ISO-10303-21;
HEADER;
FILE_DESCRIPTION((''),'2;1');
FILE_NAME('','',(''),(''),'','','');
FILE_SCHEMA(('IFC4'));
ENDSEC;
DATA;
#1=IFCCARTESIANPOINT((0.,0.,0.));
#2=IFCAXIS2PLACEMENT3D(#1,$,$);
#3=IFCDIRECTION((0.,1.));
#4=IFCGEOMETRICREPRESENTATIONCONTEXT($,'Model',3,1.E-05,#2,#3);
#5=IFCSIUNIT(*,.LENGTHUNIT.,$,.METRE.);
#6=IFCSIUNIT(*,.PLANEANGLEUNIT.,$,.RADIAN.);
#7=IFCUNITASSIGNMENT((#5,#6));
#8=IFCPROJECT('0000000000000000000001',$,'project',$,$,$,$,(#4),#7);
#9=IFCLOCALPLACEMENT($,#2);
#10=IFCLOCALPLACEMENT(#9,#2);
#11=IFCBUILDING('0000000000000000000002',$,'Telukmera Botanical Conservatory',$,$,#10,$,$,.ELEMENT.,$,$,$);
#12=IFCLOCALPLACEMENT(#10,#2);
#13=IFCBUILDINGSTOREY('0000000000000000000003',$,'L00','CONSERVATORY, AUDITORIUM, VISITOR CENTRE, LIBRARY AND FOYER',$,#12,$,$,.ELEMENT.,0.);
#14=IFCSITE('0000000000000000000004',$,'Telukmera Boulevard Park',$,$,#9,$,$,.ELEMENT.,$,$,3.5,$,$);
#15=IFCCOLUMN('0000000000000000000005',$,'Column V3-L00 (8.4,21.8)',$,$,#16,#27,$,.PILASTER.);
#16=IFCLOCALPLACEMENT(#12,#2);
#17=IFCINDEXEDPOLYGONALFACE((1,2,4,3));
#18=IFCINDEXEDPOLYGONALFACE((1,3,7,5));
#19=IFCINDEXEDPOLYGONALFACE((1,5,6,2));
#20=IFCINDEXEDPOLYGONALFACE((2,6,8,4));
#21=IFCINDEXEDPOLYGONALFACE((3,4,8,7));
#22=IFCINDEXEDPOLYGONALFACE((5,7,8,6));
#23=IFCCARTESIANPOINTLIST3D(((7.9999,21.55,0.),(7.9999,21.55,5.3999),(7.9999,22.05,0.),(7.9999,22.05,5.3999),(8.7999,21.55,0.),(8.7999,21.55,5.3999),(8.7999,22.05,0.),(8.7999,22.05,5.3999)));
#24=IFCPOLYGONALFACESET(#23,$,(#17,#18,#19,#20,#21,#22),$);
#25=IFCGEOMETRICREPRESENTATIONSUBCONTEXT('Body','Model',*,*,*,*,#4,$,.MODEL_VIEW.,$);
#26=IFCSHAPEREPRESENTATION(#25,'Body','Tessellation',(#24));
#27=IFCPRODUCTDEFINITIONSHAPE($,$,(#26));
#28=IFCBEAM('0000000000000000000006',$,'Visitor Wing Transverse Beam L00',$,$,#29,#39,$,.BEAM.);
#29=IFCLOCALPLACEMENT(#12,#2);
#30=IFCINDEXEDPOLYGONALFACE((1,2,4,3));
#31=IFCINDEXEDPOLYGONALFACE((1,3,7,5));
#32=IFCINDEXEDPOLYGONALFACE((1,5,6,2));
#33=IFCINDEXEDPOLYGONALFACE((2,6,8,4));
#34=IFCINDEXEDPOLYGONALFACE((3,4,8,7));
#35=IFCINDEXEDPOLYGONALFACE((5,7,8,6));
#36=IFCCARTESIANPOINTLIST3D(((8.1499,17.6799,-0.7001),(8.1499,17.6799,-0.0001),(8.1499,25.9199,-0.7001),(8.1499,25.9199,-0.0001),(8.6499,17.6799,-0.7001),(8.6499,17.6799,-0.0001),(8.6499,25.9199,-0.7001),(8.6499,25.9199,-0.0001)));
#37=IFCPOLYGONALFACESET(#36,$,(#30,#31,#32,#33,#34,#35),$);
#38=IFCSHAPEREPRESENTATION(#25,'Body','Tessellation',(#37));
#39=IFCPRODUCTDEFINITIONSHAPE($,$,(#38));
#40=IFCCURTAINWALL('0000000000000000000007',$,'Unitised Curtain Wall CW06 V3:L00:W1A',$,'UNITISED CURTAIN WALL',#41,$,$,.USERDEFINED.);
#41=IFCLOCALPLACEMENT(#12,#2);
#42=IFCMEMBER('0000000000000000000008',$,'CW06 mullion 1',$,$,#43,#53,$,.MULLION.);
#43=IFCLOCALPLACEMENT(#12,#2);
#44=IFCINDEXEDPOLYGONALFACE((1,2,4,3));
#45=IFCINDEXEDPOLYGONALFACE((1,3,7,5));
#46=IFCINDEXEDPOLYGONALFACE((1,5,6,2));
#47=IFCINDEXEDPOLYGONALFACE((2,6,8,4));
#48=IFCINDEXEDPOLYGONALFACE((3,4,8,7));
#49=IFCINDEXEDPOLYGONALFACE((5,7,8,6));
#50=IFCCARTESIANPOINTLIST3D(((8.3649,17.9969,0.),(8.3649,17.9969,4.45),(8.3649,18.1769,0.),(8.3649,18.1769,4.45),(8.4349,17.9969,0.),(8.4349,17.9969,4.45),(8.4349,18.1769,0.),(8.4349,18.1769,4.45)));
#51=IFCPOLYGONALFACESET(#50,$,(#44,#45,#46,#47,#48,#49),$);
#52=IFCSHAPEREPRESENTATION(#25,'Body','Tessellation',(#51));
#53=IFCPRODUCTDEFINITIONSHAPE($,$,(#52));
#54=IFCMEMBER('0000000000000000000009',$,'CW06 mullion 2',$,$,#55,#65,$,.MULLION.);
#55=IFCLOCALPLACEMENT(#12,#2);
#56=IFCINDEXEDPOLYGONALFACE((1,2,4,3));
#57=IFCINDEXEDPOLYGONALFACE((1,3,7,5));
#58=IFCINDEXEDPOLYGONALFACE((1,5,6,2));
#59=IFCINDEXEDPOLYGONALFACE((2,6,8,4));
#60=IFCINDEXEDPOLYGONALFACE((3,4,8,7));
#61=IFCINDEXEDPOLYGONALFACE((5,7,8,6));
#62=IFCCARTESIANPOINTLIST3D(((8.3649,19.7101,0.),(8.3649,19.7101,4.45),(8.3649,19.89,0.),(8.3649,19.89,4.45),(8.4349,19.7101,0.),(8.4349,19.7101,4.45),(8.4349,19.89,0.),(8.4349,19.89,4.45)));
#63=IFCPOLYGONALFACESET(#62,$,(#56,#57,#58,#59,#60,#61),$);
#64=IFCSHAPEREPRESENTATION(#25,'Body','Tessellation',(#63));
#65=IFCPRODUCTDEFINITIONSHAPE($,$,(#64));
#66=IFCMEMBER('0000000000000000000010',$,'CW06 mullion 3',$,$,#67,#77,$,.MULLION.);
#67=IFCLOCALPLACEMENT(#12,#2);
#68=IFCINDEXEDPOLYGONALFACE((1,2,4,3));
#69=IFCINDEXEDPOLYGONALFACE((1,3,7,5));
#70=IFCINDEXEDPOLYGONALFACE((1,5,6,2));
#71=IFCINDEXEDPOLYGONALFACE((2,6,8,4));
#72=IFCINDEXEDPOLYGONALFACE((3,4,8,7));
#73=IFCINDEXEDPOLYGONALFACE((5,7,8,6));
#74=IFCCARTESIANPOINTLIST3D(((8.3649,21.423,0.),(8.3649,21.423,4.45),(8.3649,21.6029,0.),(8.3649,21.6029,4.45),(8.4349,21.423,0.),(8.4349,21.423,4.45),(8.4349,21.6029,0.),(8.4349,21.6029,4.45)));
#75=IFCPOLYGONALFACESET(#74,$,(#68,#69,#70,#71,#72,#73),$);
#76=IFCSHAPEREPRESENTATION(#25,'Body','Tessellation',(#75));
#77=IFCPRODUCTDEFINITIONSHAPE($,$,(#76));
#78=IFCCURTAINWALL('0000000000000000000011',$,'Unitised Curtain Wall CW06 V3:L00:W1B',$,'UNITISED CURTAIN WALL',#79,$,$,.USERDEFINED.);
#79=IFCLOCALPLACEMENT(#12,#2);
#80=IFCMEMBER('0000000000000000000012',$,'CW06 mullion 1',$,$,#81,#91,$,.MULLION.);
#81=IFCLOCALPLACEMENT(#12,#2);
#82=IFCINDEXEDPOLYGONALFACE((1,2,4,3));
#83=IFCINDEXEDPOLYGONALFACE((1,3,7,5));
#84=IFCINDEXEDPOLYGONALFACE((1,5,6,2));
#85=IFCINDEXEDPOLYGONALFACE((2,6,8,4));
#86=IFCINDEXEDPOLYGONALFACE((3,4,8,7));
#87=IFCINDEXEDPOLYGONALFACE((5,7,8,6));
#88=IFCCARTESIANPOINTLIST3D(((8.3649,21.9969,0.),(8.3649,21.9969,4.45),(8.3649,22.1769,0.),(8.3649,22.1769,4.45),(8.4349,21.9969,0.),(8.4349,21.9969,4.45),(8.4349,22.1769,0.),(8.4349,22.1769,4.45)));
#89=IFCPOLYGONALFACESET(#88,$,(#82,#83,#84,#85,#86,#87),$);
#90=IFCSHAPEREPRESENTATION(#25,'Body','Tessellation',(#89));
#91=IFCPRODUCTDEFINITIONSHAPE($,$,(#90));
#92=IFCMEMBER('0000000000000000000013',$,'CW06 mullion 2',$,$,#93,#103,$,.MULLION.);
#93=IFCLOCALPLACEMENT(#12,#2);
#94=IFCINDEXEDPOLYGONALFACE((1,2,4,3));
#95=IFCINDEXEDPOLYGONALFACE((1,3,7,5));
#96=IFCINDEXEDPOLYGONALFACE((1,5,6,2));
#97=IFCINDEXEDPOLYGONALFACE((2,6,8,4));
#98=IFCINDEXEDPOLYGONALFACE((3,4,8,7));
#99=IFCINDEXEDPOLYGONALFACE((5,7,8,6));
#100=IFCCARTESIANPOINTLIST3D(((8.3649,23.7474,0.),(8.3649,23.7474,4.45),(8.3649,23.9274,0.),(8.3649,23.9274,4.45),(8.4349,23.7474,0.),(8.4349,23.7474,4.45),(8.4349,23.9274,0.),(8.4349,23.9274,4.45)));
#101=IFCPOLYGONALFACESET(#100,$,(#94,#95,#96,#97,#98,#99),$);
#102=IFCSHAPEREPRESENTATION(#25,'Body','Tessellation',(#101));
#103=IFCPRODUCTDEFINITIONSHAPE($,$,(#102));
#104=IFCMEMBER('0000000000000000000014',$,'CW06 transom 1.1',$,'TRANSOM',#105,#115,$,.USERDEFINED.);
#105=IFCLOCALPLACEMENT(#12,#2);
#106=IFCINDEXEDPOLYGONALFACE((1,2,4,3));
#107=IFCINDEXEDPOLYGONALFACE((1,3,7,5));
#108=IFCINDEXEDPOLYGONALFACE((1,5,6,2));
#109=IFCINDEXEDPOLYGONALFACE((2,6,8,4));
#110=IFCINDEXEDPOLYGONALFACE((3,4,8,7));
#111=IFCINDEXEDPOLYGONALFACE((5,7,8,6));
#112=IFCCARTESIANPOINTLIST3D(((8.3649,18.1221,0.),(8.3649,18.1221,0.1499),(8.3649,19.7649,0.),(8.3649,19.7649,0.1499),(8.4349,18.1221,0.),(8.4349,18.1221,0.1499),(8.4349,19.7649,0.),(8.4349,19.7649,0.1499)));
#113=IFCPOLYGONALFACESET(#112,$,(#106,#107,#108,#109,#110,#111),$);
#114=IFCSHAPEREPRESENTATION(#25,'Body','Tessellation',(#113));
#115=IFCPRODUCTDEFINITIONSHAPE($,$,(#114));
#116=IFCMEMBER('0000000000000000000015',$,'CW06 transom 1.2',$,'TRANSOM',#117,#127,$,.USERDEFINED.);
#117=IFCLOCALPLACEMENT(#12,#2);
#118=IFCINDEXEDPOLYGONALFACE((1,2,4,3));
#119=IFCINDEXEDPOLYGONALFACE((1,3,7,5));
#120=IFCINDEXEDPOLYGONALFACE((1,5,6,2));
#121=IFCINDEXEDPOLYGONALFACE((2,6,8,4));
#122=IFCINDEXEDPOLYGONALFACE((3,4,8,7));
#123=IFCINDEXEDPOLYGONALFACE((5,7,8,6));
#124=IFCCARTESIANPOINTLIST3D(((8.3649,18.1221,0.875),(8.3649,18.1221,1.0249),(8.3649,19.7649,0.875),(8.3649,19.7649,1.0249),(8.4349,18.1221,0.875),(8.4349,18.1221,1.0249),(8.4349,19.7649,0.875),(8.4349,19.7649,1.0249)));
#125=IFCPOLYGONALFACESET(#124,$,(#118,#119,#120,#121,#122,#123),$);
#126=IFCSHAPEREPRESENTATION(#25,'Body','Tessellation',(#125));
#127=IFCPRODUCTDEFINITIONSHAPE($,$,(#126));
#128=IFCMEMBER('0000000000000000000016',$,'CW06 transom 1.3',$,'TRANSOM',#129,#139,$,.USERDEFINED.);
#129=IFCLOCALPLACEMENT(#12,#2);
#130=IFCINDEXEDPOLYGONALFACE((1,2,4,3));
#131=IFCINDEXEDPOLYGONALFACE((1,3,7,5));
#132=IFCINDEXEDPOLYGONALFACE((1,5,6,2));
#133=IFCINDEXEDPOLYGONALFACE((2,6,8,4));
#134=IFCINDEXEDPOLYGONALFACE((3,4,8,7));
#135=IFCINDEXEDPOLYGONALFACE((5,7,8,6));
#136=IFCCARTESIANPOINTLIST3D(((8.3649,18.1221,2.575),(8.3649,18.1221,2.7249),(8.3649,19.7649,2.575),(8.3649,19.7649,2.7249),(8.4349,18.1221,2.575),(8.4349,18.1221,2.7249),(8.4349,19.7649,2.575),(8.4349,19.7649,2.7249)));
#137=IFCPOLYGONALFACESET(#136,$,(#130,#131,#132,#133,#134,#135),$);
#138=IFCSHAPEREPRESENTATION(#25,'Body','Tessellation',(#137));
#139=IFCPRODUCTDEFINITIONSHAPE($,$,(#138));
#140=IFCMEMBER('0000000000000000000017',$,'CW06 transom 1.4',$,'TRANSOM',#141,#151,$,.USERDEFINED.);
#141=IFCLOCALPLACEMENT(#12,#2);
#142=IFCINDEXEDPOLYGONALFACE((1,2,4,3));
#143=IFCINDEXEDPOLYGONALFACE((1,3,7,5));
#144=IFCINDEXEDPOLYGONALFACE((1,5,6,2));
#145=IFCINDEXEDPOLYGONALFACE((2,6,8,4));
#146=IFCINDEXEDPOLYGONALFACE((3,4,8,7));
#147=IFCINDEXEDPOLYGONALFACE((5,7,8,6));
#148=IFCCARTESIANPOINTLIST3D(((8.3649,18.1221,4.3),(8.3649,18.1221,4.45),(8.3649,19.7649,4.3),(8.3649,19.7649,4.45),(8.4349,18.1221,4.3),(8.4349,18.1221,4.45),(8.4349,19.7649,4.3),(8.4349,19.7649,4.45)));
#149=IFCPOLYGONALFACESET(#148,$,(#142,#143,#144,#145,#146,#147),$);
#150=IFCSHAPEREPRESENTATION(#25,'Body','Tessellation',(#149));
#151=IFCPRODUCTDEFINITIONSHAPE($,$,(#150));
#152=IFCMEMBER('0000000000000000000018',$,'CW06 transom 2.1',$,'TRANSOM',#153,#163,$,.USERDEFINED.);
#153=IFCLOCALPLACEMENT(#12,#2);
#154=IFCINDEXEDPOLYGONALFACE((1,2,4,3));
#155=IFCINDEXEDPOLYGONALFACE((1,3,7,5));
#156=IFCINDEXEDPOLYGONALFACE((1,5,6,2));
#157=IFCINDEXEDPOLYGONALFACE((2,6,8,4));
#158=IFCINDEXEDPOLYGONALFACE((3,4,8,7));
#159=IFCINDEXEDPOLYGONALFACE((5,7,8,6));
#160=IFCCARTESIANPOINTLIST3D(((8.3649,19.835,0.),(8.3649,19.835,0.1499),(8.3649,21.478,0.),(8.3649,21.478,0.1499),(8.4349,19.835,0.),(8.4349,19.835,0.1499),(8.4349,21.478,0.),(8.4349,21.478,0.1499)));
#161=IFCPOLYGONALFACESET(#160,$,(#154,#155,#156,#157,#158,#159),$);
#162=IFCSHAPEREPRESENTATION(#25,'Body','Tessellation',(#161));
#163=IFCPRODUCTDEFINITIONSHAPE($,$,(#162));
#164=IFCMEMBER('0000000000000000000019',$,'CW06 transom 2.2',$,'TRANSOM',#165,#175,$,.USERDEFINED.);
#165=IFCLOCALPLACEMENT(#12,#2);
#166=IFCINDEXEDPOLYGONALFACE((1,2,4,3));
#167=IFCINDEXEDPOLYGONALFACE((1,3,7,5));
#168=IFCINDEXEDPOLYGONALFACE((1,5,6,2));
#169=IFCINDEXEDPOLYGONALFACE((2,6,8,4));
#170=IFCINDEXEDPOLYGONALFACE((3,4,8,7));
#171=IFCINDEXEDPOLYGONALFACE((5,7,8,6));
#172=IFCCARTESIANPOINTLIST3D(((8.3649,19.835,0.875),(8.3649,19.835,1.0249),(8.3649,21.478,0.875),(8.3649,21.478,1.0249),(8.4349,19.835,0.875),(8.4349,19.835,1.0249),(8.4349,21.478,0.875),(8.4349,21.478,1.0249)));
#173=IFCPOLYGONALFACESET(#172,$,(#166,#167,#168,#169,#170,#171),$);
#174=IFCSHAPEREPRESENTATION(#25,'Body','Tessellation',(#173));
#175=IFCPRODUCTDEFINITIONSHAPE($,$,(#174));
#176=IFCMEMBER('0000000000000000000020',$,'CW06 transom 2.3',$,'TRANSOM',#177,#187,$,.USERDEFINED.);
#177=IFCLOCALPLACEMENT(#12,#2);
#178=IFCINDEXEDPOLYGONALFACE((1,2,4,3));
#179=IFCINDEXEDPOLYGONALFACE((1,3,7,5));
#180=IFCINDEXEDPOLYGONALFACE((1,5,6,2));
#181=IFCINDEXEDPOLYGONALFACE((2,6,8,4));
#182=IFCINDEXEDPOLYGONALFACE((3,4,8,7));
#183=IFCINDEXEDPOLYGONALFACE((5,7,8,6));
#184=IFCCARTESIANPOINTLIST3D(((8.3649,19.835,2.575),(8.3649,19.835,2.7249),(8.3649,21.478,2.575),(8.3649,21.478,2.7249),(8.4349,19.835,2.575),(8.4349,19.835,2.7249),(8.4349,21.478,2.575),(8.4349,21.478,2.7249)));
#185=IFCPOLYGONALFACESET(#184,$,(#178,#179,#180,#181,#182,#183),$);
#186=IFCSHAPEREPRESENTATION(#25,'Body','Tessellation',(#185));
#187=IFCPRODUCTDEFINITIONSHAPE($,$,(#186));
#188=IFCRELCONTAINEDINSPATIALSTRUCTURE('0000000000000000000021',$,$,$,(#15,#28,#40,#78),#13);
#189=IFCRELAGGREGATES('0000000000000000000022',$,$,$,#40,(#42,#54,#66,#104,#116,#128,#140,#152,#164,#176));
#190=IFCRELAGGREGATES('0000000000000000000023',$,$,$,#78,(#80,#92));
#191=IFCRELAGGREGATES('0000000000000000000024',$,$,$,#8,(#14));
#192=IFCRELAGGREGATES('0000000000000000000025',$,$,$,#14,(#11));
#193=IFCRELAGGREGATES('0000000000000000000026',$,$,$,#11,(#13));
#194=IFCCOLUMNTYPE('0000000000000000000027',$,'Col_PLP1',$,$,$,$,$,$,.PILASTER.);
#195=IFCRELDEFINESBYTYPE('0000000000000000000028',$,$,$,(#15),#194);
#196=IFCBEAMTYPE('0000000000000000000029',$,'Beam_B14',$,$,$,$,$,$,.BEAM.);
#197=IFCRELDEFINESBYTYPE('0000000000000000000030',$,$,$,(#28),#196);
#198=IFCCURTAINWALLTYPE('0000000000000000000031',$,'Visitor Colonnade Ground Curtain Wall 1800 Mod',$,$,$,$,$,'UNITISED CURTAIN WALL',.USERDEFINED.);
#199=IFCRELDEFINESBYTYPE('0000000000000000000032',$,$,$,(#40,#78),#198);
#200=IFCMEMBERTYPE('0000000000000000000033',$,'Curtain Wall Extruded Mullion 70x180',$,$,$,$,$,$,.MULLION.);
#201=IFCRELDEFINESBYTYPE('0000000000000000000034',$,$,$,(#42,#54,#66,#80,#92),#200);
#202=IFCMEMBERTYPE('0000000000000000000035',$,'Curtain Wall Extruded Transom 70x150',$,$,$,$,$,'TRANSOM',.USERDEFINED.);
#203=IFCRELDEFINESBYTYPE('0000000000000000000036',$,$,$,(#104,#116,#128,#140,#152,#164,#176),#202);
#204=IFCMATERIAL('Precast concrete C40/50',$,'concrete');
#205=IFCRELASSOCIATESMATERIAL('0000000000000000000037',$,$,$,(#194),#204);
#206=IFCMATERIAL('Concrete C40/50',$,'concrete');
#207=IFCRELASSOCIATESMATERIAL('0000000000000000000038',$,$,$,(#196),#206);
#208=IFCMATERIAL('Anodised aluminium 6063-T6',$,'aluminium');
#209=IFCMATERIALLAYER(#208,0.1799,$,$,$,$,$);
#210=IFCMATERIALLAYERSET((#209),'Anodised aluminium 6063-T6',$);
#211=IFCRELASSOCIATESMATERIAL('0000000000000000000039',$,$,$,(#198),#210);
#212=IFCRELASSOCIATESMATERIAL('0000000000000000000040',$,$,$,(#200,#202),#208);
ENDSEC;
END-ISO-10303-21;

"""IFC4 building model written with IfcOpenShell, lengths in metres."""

from ifc_helpers import new_model, si_unit, direction, frame, origin, origin_2d, place, context, subcontext, project, spatial, rectangle, extrude, material, layer, layer_set, material_profile, profile_set, type_object, element, aggregate, save


model = new_model("IFC4")

# Units and contexts
model_context = context("Model", 3, precision=1e-05, world=origin(), true_north=direction((0.0, 1.0)))
body_context = subcontext(model_context, "Body", "Model", "MODEL_VIEW")
ifc_project = project(units=[si_unit("LENGTHUNIT", "METRE"), si_unit("PLANEANGLEUNIT", "RADIAN")], contexts=[model_context])

# Site, building, storey
site_placement = place(None, origin())
site = spatial("IfcSite", under=ifc_project, at=site_placement, Name="Telukmera Boulevard Park", CompositionType="ELEMENT", RefElevation=3.5)
building_placement = place(site_placement, origin())
building = spatial("IfcBuilding", under=site, at=building_placement, Name="Telukmera Botanical Conservatory", CompositionType="ELEMENT")
storey_placement = place(building_placement, origin())
storey = spatial("IfcBuildingStorey", under=building, at=storey_placement, Name="L00", Description="CONSERVATORY, AUDITORIUM, VISITOR CENTRE, LIBRARY AND FOYER", CompositionType="ELEMENT", Elevation=0.0)

# Column
ifc_material_1 = material(Name="Precast concrete C40/50", Category="concrete")
ifc_material_profile_1 = material_profile(ifc_material_1, rectangle(XDim=0.8, YDim=0.5, at=origin_2d()), Name="PC 800x500")
ifc_profile_set_1 = profile_set([ifc_material_profile_1], Name="Precast concrete C40/50")
column_type = type_object("IfcColumnType", Name="Col_PLP1", PredefinedType="PILASTER", material=ifc_profile_set_1)
column_placement = place(storey_placement, frame((8.3999, 21.8, 0.0), z_axis=(0.0, 0.0, 1.0), x_axis=(1.0, 0.0, 0.0)))
element("IfcColumn", 1, at=column_placement, inside=storey, type_object=column_type, Name="Column V3-L00 (8.4,21.8)", PredefinedType="PILASTER", context=body_context, shape_type="SweptSolid", body=[
    extrude(rectangle(XDim=0.8, YDim=0.5, at=origin_2d()), origin(), (0.0, 0.0, 1.0), 5.3999),
])

# Beam
ifc_material_2 = material(Name="Concrete C40/50", Category="concrete")
ifc_material_profile_2 = material_profile(ifc_material_2, rectangle(XDim=0.5, YDim=0.7, at=origin_2d()), Name="RC 500x700")
ifc_profile_set_2 = profile_set([ifc_material_profile_2], Name="Concrete C40/50")
beam_type = type_object("IfcBeamType", Name="Beam_B14", PredefinedType="BEAM", material=ifc_profile_set_2)
beam_placement = place(storey_placement, frame((8.3999, 17.6799, -0.3501), z_axis=(0.0, 1.0, 0.0), x_axis=(-1.0, 0.0, 0.0)))
element("IfcBeam", 2, at=beam_placement, inside=storey, type_object=beam_type, Name="Visitor Wing Transverse Beam L00", PredefinedType="BEAM", context=body_context, shape_type="SweptSolid", body=[
    extrude(rectangle(XDim=0.5, YDim=0.7, at=origin_2d()), origin(), (0.0, 0.0, 1.0), 8.24),
])

# Curtain walls, members
ifc_material_3 = material(Name="Anodised aluminium 6063-T6", Category="aluminium")
ifc_layer_1 = layer(ifc_material_3, 0.1799)
ifc_layer_set_1 = layer_set([ifc_layer_1], Name="Anodised aluminium 6063-T6")
curtain_wall_type = type_object("IfcCurtainWallType", Name="Visitor Colonnade Ground Curtain Wall 1800 Mod", ElementType="UNITISED CURTAIN WALL", PredefinedType="USERDEFINED", material=ifc_layer_set_1)
curtain_wall_1_placement = place(storey_placement, origin())
curtain_wall_1 = element("IfcCurtainWall", 3, at=curtain_wall_1_placement, inside=storey, type_object=curtain_wall_type, Name="Unitised Curtain Wall CW06 V3:L00:W1A", ObjectType="UNITISED CURTAIN WALL", PredefinedType="USERDEFINED")
ifc_material_profile_3 = material_profile(ifc_material_3, rectangle(XDim=0.0701, YDim=0.1799, at=origin_2d()), Name="ALU MULL 70x180")
ifc_profile_set_3 = profile_set([ifc_material_profile_3], Name="Anodised aluminium 6063-T6")
member_type_1 = type_object("IfcMemberType", Name="Curtain Wall Extruded Mullion 70x180", PredefinedType="MULLION", material=ifc_profile_set_3)
member_1_placement = place(storey_placement, frame((8.3999, 18.0869, 0.0), z_axis=(0.0, 0.0, 1.0), x_axis=(-1.0, 0.0, 0.0)))
member_1 = element("IfcMember", 4, at=member_1_placement, type_object=member_type_1, Name="CW06 mullion 1", PredefinedType="MULLION", context=body_context, shape_type="SweptSolid", body=[
    extrude(rectangle(XDim=0.0701, YDim=0.1799, at=origin_2d()), origin(), (0.0, 0.0, 1.0), 4.45),
])
member_2_placement = place(storey_placement, frame((8.3999, 19.8, 0.0), z_axis=(0.0, 0.0, 1.0), x_axis=(-1.0, 0.0, 0.0)))
member_2 = element("IfcMember", 5, at=member_2_placement, type_object=member_type_1, Name="CW06 mullion 2", PredefinedType="MULLION", context=body_context, shape_type="SweptSolid", body=[
    extrude(rectangle(XDim=0.0701, YDim=0.1799, at=origin_2d()), origin(), (0.0, 0.0, 1.0), 4.45),
])
member_3_placement = place(storey_placement, frame((8.3999, 21.5129, 0.0), z_axis=(0.0, 0.0, 1.0), x_axis=(-1.0, 0.0, 0.0)))
member_3 = element("IfcMember", 6, at=member_3_placement, type_object=member_type_1, Name="CW06 mullion 3", PredefinedType="MULLION", context=body_context, shape_type="SweptSolid", body=[
    extrude(rectangle(XDim=0.0701, YDim=0.1799, at=origin_2d()), origin(), (0.0, 0.0, 1.0), 4.45),
])
curtain_wall_2_placement = place(storey_placement, origin())
curtain_wall_2 = element("IfcCurtainWall", 7, at=curtain_wall_2_placement, inside=storey, type_object=curtain_wall_type, Name="Unitised Curtain Wall CW06 V3:L00:W1B", ObjectType="UNITISED CURTAIN WALL", PredefinedType="USERDEFINED")
member_4_placement = place(storey_placement, frame((8.3999, 22.0869, 0.0), z_axis=(0.0, 0.0, 1.0), x_axis=(-1.0, 0.0, 0.0)))
member_4 = element("IfcMember", 8, at=member_4_placement, type_object=member_type_1, Name="CW06 mullion 1", PredefinedType="MULLION", context=body_context, shape_type="SweptSolid", body=[
    extrude(rectangle(XDim=0.0701, YDim=0.1799, at=origin_2d()), origin(), (0.0, 0.0, 1.0), 4.45),
])
member_5_placement = place(storey_placement, frame((8.3999, 23.8374, 0.0), z_axis=(0.0, 0.0, 1.0), x_axis=(-1.0, 0.0, 0.0)))
member_5 = element("IfcMember", 9, at=member_5_placement, type_object=member_type_1, Name="CW06 mullion 2", PredefinedType="MULLION", context=body_context, shape_type="SweptSolid", body=[
    extrude(rectangle(XDim=0.0701, YDim=0.1799, at=origin_2d()), origin(), (0.0, 0.0, 1.0), 4.45),
])

# Members
ifc_material_profile_4 = material_profile(ifc_material_3, rectangle(XDim=0.0701, YDim=0.1499, at=origin_2d()), Name="ALU TRAN 70x150")
ifc_profile_set_4 = profile_set([ifc_material_profile_4], Name="Anodised aluminium 6063-T6")
member_type_2 = type_object("IfcMemberType", Name="Curtain Wall Extruded Transom 70x150", ElementType="TRANSOM", PredefinedType="USERDEFINED", material=ifc_profile_set_4)
member_6_placement = place(storey_placement, frame((8.3999, 18.1221, 0.075), z_axis=(0.0, 1.0, 0.0), x_axis=(-1.0, 0.0, 0.0)))
member_6 = element("IfcMember", 10, at=member_6_placement, type_object=member_type_2, Name="CW06 transom 1.1", ObjectType="TRANSOM", PredefinedType="USERDEFINED", context=body_context, shape_type="SweptSolid", body=[
    extrude(rectangle(XDim=0.0701, YDim=0.1499, at=origin_2d()), origin(), (0.0, 0.0, 1.0), 1.6428),
])
member_7_placement = place(storey_placement, frame((8.3999, 18.1221, 0.95), z_axis=(0.0, 1.0, 0.0), x_axis=(-1.0, 0.0, 0.0)))
member_7 = element("IfcMember", 11, at=member_7_placement, type_object=member_type_2, Name="CW06 transom 1.2", ObjectType="TRANSOM", PredefinedType="USERDEFINED", context=body_context, shape_type="SweptSolid", body=[
    extrude(rectangle(XDim=0.0701, YDim=0.1499, at=origin_2d()), origin(), (0.0, 0.0, 1.0), 1.6428),
])
member_8_placement = place(storey_placement, frame((8.3999, 18.1221, 2.6499), z_axis=(0.0, 1.0, 0.0), x_axis=(-1.0, 0.0, 0.0)))
member_8 = element("IfcMember", 12, at=member_8_placement, type_object=member_type_2, Name="CW06 transom 1.3", ObjectType="TRANSOM", PredefinedType="USERDEFINED", context=body_context, shape_type="SweptSolid", body=[
    extrude(rectangle(XDim=0.0701, YDim=0.1499, at=origin_2d()), origin(), (0.0, 0.0, 1.0), 1.6428),
])
member_9_placement = place(storey_placement, frame((8.3999, 18.1221, 4.375), z_axis=(0.0, 1.0, 0.0), x_axis=(-1.0, 0.0, 0.0)))
member_9 = element("IfcMember", 13, at=member_9_placement, type_object=member_type_2, Name="CW06 transom 1.4", ObjectType="TRANSOM", PredefinedType="USERDEFINED", context=body_context, shape_type="SweptSolid", body=[
    extrude(rectangle(XDim=0.0701, YDim=0.1499, at=origin_2d()), origin(), (0.0, 0.0, 1.0), 1.6428),
])
member_10_placement = place(storey_placement, frame((8.3999, 19.835, 0.075), z_axis=(0.0, 1.0, 0.0), x_axis=(-1.0, 0.0, 0.0)))
member_10 = element("IfcMember", 14, at=member_10_placement, type_object=member_type_2, Name="CW06 transom 2.1", ObjectType="TRANSOM", PredefinedType="USERDEFINED", context=body_context, shape_type="SweptSolid", body=[
    extrude(rectangle(XDim=0.0701, YDim=0.1499, at=origin_2d()), origin(), (0.0, 0.0, 1.0), 1.6431),
])
member_11_placement = place(storey_placement, frame((8.3999, 19.835, 0.95), z_axis=(0.0, 1.0, 0.0), x_axis=(-1.0, 0.0, 0.0)))
member_11 = element("IfcMember", 15, at=member_11_placement, type_object=member_type_2, Name="CW06 transom 2.2", ObjectType="TRANSOM", PredefinedType="USERDEFINED", context=body_context, shape_type="SweptSolid", body=[
    extrude(rectangle(XDim=0.0701, YDim=0.1499, at=origin_2d()), origin(), (0.0, 0.0, 1.0), 1.6431),
])
member_12_placement = place(storey_placement, frame((8.3999, 19.835, 2.6499), z_axis=(0.0, 1.0, 0.0), x_axis=(-1.0, 0.0, 0.0)))
member_12 = element("IfcMember", 16, at=member_12_placement, type_object=member_type_2, Name="CW06 transom 2.3", ObjectType="TRANSOM", PredefinedType="USERDEFINED", context=body_context, shape_type="SweptSolid", body=[
    extrude(rectangle(XDim=0.0701, YDim=0.1499, at=origin_2d()), origin(), (0.0, 0.0, 1.0), 1.6431),
])

aggregate(curtain_wall_1, [member_1, member_2, member_3, member_6, member_7, member_8, member_9, member_10, member_11, member_12])
aggregate(curtain_wall_2, [member_4, member_5])

save(model, "model.ifc")
